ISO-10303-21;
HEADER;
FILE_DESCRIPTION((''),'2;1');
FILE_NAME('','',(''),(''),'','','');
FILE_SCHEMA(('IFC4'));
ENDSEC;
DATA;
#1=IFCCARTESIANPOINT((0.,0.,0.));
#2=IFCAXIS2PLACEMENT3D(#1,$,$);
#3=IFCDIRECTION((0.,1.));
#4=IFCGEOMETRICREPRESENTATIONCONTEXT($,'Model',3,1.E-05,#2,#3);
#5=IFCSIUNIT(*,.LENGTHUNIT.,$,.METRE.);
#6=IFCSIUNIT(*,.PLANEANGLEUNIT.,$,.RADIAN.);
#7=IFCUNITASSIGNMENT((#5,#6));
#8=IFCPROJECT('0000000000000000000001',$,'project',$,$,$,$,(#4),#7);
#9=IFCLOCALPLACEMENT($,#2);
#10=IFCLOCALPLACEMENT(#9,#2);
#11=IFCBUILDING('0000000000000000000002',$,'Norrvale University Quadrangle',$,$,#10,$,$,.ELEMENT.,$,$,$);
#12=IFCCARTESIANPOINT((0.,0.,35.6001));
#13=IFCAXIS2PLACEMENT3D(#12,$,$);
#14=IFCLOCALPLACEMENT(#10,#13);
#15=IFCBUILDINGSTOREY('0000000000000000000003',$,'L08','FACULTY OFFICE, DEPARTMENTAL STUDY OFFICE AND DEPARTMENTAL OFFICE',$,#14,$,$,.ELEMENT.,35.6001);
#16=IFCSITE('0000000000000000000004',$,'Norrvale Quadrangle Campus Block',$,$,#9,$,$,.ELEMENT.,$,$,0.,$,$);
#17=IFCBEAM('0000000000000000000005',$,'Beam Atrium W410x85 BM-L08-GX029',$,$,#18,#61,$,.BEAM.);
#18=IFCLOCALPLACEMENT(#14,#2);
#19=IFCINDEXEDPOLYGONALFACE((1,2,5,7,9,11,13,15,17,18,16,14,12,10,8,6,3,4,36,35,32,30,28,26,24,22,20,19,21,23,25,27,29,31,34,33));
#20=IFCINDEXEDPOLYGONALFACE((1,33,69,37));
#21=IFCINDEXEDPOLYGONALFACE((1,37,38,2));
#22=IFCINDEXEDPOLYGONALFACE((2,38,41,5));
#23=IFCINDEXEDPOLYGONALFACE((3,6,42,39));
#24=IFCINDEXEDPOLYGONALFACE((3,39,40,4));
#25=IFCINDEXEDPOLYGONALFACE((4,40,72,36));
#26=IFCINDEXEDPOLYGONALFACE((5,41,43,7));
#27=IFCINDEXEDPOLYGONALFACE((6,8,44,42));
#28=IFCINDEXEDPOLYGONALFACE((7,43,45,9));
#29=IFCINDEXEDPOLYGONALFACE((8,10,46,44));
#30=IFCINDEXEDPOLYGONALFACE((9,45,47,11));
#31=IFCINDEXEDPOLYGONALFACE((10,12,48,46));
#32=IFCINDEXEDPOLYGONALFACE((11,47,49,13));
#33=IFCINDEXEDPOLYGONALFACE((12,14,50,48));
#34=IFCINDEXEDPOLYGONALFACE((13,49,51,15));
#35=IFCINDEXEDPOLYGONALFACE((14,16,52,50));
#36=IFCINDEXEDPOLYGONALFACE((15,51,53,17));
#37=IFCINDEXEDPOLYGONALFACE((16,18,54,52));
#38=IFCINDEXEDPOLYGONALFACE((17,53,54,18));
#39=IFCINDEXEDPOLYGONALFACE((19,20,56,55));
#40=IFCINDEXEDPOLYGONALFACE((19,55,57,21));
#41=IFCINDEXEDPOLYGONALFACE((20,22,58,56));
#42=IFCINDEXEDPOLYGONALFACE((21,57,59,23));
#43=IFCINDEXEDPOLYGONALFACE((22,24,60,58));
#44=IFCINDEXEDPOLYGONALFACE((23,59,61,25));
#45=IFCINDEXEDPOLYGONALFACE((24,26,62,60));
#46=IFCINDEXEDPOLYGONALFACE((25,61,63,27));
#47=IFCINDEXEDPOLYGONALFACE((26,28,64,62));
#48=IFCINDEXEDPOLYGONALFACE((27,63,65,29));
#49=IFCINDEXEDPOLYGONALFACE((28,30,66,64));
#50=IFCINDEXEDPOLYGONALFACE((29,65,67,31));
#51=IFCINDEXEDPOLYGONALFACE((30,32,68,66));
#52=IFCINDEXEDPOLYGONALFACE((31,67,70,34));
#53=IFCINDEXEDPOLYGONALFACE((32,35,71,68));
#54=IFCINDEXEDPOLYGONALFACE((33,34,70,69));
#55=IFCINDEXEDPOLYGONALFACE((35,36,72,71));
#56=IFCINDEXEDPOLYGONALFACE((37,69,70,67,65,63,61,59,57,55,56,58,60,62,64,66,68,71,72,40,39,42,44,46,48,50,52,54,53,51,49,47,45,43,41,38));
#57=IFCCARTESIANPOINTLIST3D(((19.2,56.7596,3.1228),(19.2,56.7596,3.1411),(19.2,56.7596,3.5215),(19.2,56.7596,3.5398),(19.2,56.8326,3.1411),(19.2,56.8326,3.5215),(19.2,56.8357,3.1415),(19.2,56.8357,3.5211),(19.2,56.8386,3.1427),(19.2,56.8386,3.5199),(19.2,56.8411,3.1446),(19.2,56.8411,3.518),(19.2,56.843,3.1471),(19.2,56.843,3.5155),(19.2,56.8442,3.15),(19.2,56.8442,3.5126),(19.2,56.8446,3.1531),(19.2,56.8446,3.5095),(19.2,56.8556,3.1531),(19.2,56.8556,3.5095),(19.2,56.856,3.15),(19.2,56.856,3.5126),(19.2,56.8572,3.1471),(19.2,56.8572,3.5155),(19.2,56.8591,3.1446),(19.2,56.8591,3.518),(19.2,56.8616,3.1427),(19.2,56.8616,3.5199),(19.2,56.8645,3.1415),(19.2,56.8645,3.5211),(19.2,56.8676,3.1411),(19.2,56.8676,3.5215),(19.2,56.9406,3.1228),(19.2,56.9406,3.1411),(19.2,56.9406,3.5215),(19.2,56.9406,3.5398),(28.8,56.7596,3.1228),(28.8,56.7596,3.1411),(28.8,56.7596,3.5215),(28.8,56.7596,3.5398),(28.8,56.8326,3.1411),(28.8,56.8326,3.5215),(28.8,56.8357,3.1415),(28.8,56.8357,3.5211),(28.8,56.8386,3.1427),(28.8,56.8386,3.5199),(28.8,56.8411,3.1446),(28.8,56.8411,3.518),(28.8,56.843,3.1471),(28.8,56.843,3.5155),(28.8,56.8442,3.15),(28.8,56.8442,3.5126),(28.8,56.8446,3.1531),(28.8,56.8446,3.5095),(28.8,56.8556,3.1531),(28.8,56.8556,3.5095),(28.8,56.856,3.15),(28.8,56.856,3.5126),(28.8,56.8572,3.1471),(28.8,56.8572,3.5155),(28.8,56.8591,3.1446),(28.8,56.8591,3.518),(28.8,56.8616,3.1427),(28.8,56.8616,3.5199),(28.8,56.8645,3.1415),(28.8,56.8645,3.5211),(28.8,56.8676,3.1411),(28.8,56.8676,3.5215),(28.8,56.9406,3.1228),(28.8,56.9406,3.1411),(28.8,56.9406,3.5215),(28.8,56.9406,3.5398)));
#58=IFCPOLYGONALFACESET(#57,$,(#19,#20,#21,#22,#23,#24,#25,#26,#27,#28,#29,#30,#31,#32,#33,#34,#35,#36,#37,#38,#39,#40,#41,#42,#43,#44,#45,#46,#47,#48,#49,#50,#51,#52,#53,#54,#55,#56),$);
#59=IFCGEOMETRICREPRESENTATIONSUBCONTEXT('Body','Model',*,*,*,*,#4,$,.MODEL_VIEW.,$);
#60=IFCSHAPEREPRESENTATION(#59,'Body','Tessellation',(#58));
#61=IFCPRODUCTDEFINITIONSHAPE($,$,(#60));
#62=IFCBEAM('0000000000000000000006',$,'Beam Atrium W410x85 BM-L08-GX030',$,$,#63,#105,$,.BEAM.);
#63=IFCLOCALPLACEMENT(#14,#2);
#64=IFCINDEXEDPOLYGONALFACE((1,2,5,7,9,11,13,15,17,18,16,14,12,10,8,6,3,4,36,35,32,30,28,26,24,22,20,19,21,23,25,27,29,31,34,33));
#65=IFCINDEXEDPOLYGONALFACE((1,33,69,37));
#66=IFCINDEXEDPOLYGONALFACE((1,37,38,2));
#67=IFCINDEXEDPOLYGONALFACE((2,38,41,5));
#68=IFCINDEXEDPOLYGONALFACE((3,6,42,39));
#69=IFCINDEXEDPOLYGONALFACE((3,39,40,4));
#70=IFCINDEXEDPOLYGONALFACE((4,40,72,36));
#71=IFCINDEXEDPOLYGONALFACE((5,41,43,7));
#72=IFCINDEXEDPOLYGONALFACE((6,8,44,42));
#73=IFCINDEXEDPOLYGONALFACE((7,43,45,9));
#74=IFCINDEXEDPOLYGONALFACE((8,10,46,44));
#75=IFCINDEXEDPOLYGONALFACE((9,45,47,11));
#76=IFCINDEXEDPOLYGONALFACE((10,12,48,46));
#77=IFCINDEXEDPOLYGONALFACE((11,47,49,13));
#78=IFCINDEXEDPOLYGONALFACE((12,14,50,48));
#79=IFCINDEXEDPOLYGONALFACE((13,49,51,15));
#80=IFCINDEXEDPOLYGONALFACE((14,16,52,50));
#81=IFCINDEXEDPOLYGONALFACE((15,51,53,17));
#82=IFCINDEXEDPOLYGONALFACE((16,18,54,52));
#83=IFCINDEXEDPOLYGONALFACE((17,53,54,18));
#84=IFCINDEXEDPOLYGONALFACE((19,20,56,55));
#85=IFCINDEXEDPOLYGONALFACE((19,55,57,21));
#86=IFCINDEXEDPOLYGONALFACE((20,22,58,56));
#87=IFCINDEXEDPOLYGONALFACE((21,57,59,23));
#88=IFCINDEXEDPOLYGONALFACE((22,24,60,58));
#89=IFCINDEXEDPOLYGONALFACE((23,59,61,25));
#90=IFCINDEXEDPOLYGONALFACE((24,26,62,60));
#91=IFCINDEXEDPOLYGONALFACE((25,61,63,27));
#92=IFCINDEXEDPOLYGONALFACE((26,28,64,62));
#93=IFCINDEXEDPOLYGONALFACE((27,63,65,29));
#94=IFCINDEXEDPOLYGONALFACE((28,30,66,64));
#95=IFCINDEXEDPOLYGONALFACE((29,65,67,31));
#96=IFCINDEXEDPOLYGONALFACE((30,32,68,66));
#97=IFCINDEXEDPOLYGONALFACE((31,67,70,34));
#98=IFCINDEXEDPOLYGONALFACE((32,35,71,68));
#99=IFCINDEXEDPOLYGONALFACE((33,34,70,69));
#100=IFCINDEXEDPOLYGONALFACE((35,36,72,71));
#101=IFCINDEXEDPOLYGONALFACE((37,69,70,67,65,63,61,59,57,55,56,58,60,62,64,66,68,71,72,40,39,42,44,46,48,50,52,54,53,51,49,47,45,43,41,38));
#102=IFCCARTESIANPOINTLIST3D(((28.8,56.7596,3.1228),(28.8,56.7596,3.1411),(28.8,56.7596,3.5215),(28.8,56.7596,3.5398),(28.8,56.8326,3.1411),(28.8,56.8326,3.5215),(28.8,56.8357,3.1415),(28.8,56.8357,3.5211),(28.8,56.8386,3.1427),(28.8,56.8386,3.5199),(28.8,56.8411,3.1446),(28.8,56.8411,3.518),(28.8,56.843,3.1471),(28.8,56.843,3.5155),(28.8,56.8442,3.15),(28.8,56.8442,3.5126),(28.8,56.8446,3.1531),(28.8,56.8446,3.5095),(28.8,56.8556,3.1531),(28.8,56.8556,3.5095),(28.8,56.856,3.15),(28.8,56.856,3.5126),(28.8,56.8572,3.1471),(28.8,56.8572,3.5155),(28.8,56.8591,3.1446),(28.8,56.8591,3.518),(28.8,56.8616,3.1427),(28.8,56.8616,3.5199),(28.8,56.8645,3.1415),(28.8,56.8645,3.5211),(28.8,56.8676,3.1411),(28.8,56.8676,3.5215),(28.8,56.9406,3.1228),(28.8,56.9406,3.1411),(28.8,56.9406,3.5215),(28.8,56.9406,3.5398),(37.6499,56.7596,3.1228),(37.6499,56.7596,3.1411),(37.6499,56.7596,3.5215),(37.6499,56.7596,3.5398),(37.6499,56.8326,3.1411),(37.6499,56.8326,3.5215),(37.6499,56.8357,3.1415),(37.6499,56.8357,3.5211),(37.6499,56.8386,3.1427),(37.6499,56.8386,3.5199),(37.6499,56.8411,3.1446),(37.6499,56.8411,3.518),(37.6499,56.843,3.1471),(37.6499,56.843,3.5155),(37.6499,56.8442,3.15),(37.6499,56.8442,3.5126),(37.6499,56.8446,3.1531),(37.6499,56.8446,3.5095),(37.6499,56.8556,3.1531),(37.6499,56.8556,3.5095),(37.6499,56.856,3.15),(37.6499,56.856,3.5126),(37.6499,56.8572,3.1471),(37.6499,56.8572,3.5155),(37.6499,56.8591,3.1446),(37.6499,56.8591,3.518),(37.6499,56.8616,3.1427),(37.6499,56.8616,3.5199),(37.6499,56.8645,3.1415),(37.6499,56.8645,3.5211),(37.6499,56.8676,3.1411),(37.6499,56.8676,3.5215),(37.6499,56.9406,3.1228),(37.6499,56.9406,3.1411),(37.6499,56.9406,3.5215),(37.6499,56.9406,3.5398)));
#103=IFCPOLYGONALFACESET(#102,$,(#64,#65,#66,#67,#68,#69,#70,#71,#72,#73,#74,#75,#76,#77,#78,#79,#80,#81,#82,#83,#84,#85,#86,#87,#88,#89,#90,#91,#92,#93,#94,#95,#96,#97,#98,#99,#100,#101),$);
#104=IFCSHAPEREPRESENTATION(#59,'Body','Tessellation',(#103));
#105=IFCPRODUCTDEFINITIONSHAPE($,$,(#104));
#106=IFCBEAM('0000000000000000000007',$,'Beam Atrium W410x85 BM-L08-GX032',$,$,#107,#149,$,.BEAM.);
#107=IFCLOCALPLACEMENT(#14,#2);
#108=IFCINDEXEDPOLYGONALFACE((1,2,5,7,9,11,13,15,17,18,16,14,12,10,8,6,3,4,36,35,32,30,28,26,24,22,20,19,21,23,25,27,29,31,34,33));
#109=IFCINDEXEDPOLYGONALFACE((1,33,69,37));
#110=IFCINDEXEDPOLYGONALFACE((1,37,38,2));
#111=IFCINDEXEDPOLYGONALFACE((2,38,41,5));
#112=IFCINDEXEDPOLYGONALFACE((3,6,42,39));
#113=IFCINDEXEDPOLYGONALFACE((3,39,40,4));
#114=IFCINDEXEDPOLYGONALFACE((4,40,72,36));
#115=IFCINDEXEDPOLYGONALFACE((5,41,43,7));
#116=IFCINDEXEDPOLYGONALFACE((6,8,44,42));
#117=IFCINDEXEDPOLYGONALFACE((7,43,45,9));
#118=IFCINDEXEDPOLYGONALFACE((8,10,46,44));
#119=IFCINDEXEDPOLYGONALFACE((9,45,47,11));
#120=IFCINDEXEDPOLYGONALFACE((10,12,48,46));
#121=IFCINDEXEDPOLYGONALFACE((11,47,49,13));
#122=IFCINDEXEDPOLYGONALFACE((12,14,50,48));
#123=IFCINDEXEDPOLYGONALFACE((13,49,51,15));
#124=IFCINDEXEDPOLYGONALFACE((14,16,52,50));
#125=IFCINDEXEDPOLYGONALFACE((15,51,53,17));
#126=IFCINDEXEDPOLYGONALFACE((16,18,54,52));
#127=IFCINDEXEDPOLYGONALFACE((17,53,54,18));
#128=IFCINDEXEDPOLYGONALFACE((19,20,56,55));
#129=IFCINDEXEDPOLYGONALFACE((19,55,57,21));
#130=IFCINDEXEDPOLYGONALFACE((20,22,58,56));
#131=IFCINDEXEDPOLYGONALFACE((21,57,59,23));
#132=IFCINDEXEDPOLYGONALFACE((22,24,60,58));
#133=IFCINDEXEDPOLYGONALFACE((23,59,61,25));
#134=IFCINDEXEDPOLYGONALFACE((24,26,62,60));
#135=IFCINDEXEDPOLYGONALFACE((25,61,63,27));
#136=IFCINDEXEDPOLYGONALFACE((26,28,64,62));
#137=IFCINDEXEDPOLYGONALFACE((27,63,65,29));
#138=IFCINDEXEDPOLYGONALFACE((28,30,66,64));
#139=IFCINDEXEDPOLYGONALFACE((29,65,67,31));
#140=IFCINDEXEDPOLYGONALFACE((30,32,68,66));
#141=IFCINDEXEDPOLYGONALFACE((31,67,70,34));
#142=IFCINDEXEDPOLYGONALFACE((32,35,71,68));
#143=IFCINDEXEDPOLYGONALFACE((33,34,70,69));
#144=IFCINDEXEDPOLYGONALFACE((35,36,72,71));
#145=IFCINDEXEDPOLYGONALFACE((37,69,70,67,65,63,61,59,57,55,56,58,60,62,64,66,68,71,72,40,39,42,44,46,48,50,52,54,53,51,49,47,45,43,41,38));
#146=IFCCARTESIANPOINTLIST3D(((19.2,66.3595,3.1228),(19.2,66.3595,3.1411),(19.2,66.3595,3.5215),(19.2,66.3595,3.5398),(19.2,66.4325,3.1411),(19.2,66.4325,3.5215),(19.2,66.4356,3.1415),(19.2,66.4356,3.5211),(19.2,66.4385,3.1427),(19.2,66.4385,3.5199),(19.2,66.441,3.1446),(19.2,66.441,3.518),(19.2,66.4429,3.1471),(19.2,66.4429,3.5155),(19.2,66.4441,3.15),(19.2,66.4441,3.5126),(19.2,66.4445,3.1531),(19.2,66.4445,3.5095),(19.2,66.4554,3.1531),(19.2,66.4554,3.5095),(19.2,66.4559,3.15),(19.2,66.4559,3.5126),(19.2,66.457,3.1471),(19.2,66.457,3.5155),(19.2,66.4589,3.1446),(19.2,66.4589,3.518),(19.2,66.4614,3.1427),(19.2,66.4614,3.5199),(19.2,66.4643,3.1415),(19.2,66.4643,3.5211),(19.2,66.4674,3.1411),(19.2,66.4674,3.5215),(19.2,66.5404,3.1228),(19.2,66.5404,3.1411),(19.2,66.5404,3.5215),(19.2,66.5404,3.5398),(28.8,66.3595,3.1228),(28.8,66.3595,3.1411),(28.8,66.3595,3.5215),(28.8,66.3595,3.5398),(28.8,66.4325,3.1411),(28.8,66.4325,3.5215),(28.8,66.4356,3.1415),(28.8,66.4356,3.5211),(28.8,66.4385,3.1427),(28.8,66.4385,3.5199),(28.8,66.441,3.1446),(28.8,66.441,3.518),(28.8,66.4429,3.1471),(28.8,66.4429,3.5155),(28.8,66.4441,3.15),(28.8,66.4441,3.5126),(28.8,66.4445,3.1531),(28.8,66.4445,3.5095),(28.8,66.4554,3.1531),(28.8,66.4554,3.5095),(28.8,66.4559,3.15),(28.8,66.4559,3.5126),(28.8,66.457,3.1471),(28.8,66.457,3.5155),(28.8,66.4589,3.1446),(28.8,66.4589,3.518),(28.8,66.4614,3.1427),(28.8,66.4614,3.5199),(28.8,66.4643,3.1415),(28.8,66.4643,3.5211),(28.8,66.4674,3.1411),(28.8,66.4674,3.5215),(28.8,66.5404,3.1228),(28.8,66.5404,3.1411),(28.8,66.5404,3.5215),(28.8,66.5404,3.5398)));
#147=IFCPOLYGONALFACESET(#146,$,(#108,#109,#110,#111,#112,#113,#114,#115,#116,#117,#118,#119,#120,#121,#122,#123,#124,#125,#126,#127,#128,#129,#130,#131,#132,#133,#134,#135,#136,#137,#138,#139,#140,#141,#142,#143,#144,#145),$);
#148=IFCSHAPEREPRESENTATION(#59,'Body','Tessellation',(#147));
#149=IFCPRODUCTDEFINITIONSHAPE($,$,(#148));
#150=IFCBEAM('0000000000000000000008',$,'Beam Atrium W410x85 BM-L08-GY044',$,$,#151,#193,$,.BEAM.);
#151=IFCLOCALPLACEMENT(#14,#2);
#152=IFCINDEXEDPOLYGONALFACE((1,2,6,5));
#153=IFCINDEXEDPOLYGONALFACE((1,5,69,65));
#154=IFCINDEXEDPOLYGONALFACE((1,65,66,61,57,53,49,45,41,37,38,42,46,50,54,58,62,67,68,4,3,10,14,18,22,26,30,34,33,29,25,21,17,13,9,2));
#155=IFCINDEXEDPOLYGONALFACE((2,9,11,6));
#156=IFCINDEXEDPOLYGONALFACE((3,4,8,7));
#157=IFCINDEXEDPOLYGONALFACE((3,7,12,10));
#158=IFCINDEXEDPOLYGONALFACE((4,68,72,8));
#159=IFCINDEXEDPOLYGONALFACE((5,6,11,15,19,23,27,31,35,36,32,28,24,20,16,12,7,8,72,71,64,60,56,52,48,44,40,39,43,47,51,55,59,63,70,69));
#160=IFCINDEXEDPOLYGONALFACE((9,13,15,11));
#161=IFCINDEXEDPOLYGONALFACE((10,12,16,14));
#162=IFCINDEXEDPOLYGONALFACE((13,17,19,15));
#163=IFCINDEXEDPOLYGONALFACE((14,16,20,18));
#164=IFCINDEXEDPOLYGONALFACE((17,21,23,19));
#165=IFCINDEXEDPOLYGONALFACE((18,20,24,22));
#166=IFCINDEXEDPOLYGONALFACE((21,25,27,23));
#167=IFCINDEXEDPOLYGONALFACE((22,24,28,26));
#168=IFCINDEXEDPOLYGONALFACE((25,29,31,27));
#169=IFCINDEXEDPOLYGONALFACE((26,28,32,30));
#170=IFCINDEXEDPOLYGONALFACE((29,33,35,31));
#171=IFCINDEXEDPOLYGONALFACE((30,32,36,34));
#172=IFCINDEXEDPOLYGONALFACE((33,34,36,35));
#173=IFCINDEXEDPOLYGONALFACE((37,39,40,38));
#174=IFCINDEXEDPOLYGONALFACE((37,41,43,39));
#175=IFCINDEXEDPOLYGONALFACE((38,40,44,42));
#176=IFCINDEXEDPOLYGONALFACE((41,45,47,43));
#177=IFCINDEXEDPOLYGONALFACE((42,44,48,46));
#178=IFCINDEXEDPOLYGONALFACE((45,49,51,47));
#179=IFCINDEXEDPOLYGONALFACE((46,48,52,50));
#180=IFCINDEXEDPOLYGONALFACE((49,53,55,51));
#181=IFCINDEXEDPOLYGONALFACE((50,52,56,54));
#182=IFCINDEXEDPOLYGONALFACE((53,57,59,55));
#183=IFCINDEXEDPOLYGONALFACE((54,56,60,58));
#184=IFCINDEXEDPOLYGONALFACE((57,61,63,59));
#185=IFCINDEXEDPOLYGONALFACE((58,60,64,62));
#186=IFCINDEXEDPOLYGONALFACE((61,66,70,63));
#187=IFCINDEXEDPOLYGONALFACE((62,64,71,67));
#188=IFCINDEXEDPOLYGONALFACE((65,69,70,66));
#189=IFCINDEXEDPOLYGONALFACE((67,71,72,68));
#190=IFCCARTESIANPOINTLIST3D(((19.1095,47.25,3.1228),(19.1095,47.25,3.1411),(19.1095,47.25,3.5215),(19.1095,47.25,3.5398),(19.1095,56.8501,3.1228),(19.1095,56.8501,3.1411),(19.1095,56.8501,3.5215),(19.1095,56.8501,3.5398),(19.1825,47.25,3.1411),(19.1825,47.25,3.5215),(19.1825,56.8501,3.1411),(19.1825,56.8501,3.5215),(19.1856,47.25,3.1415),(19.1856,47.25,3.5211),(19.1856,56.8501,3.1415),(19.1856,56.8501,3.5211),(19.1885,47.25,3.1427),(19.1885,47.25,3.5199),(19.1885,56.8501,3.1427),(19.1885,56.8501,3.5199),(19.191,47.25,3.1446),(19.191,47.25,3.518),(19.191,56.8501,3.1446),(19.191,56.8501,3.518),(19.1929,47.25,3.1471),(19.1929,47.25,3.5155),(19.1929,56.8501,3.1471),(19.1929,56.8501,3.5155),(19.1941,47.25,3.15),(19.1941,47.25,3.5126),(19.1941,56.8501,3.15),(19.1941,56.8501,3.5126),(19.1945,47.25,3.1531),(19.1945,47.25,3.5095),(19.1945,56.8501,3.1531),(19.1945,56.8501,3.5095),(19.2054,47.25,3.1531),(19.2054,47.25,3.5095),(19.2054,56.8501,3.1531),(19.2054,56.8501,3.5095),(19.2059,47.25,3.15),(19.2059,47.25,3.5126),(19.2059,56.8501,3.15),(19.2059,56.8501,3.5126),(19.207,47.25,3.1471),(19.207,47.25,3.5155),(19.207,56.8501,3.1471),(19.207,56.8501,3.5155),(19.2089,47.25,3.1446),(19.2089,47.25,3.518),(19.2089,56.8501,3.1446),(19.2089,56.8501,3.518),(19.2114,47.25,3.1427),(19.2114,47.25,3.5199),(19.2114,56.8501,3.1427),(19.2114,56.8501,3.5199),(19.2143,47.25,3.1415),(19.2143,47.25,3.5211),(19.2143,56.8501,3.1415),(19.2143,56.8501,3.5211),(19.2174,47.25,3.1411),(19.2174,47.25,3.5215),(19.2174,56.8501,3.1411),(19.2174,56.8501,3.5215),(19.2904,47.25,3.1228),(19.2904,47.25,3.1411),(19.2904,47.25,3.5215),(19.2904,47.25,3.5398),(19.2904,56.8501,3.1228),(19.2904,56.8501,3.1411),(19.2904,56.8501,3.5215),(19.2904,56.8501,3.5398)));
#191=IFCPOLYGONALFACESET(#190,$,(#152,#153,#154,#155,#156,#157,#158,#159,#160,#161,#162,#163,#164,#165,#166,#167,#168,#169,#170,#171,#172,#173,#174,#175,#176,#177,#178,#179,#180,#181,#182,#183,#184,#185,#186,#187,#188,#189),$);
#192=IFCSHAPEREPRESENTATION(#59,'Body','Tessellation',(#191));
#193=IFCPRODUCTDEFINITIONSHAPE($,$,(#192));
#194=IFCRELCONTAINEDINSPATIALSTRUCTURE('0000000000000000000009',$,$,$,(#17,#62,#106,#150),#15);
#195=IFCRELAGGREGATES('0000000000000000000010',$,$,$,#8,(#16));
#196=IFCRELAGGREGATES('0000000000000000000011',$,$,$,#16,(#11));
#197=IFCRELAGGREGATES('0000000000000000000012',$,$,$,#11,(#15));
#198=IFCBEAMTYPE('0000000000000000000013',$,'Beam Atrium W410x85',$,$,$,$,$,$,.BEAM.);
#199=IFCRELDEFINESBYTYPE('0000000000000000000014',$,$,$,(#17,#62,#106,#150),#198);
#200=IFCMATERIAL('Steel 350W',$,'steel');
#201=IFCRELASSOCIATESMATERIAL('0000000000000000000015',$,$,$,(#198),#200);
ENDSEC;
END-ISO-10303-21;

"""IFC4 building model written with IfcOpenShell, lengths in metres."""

from ifc_helpers import new_model, si_unit, direction, frame, origin, origin_2d, place, context, subcontext, project, spatial, i_section, extrude, material, material_profile, profile_set, type_object, element, save


model = new_model("IFC4")

# Units and contexts
model_context = context("Model", 3, precision=1e-05, world=origin(), true_north=direction((0.0, 1.0)))
body_context = subcontext(model_context, "Body", "Model", "MODEL_VIEW")
ifc_project = project(units=[si_unit("LENGTHUNIT", "METRE"), si_unit("PLANEANGLEUNIT", "RADIAN")], contexts=[model_context])

# Site, building, storey
site_placement = place(None, origin())
site = spatial("IfcSite", under=ifc_project, at=site_placement, Name="Norrvale Quadrangle Campus Block", CompositionType="ELEMENT", RefElevation=0.0)
building_placement = place(site_placement, origin())
building = spatial("IfcBuilding", under=site, at=building_placement, Name="Norrvale University Quadrangle", CompositionType="ELEMENT")
storey_placement = place(building_placement, frame((0.0, 0.0, 35.6001)))
storey = spatial("IfcBuildingStorey", under=building, at=storey_placement, Name="L08", Description="FACULTY OFFICE, DEPARTMENTAL STUDY OFFICE AND DEPARTMENTAL OFFICE", CompositionType="ELEMENT", Elevation=35.6001)

# Beams
ifc_material_1 = material(Name="Steel 350W", Category="steel")
ifc_material_profile_1 = material_profile(ifc_material_1, i_section(OverallWidth=0.1809, OverallDepth=0.417, WebThickness=0.011, FlangeThickness=0.0183, FilletRadius=0.012, at=origin_2d()), Name="Steel 350W")
ifc_profile_set_1 = profile_set([ifc_material_profile_1], Name="Steel 350W")
beam_type_1 = type_object("IfcBeamType", Name="Beam Atrium W410x85", PredefinedType="BEAM", material=ifc_profile_set_1)
beam_1_placement = place(storey_placement, frame((19.2, 56.8501, 3.3313), z_axis=(1.0, 0.0, 0.0), x_axis=(0.0, 1.0, 0.0)))
element("IfcBeam", 1, at=beam_1_placement, inside=storey, type_object=beam_type_1, Name="Beam Atrium W410x85 BM-L08-GX029", PredefinedType="BEAM", context=body_context, shape_type="SweptSolid", body=[
    extrude(i_section(OverallWidth=0.1809, OverallDepth=0.417, WebThickness=0.011, FlangeThickness=0.0183, FilletRadius=0.012, at=origin_2d()), origin(), (0.0, 0.0, 1.0), 9.6001),
])
beam_2_placement = place(storey_placement, frame((28.8, 56.8501, 3.3313), z_axis=(1.0, 0.0, 0.0), x_axis=(0.0, 1.0, 0.0)))
element("IfcBeam", 2, at=beam_2_placement, inside=storey, type_object=beam_type_1, Name="Beam Atrium W410x85 BM-L08-GX030", PredefinedType="BEAM", context=body_context, shape_type="SweptSolid", body=[
    extrude(i_section(OverallWidth=0.1809, OverallDepth=0.417, WebThickness=0.011, FlangeThickness=0.0183, FilletRadius=0.012, at=origin_2d()), origin(), (0.0, 0.0, 1.0), 8.8499),
])
for number, where, z_axis, x_axis, name in (
    (3, (19.2, 66.45, 3.3313), (1.0, 0.0, 0.0), (0.0, 1.0, 0.0), "Beam Atrium W410x85 BM-L08-GX032"),
    (4, (19.2, 47.25, 3.3313), (0.0, 1.0, 0.0), (-1.0, 0.0, 0.0), "Beam Atrium W410x85 BM-L08-GY044"),
):
    element("IfcBeam", number, at=place(storey_placement, frame(where, z_axis=z_axis, x_axis=x_axis)), inside=storey, type_object=beam_type_1, Name=name, PredefinedType="BEAM", context=body_context, shape_type="SweptSolid", body=[
        extrude(i_section(OverallWidth=0.1809, OverallDepth=0.417, WebThickness=0.011, FlangeThickness=0.0183, FilletRadius=0.012, at=origin_2d()), origin(), (0.0, 0.0, 1.0), 9.6001),
    ])

save(model, "model.ifc")
